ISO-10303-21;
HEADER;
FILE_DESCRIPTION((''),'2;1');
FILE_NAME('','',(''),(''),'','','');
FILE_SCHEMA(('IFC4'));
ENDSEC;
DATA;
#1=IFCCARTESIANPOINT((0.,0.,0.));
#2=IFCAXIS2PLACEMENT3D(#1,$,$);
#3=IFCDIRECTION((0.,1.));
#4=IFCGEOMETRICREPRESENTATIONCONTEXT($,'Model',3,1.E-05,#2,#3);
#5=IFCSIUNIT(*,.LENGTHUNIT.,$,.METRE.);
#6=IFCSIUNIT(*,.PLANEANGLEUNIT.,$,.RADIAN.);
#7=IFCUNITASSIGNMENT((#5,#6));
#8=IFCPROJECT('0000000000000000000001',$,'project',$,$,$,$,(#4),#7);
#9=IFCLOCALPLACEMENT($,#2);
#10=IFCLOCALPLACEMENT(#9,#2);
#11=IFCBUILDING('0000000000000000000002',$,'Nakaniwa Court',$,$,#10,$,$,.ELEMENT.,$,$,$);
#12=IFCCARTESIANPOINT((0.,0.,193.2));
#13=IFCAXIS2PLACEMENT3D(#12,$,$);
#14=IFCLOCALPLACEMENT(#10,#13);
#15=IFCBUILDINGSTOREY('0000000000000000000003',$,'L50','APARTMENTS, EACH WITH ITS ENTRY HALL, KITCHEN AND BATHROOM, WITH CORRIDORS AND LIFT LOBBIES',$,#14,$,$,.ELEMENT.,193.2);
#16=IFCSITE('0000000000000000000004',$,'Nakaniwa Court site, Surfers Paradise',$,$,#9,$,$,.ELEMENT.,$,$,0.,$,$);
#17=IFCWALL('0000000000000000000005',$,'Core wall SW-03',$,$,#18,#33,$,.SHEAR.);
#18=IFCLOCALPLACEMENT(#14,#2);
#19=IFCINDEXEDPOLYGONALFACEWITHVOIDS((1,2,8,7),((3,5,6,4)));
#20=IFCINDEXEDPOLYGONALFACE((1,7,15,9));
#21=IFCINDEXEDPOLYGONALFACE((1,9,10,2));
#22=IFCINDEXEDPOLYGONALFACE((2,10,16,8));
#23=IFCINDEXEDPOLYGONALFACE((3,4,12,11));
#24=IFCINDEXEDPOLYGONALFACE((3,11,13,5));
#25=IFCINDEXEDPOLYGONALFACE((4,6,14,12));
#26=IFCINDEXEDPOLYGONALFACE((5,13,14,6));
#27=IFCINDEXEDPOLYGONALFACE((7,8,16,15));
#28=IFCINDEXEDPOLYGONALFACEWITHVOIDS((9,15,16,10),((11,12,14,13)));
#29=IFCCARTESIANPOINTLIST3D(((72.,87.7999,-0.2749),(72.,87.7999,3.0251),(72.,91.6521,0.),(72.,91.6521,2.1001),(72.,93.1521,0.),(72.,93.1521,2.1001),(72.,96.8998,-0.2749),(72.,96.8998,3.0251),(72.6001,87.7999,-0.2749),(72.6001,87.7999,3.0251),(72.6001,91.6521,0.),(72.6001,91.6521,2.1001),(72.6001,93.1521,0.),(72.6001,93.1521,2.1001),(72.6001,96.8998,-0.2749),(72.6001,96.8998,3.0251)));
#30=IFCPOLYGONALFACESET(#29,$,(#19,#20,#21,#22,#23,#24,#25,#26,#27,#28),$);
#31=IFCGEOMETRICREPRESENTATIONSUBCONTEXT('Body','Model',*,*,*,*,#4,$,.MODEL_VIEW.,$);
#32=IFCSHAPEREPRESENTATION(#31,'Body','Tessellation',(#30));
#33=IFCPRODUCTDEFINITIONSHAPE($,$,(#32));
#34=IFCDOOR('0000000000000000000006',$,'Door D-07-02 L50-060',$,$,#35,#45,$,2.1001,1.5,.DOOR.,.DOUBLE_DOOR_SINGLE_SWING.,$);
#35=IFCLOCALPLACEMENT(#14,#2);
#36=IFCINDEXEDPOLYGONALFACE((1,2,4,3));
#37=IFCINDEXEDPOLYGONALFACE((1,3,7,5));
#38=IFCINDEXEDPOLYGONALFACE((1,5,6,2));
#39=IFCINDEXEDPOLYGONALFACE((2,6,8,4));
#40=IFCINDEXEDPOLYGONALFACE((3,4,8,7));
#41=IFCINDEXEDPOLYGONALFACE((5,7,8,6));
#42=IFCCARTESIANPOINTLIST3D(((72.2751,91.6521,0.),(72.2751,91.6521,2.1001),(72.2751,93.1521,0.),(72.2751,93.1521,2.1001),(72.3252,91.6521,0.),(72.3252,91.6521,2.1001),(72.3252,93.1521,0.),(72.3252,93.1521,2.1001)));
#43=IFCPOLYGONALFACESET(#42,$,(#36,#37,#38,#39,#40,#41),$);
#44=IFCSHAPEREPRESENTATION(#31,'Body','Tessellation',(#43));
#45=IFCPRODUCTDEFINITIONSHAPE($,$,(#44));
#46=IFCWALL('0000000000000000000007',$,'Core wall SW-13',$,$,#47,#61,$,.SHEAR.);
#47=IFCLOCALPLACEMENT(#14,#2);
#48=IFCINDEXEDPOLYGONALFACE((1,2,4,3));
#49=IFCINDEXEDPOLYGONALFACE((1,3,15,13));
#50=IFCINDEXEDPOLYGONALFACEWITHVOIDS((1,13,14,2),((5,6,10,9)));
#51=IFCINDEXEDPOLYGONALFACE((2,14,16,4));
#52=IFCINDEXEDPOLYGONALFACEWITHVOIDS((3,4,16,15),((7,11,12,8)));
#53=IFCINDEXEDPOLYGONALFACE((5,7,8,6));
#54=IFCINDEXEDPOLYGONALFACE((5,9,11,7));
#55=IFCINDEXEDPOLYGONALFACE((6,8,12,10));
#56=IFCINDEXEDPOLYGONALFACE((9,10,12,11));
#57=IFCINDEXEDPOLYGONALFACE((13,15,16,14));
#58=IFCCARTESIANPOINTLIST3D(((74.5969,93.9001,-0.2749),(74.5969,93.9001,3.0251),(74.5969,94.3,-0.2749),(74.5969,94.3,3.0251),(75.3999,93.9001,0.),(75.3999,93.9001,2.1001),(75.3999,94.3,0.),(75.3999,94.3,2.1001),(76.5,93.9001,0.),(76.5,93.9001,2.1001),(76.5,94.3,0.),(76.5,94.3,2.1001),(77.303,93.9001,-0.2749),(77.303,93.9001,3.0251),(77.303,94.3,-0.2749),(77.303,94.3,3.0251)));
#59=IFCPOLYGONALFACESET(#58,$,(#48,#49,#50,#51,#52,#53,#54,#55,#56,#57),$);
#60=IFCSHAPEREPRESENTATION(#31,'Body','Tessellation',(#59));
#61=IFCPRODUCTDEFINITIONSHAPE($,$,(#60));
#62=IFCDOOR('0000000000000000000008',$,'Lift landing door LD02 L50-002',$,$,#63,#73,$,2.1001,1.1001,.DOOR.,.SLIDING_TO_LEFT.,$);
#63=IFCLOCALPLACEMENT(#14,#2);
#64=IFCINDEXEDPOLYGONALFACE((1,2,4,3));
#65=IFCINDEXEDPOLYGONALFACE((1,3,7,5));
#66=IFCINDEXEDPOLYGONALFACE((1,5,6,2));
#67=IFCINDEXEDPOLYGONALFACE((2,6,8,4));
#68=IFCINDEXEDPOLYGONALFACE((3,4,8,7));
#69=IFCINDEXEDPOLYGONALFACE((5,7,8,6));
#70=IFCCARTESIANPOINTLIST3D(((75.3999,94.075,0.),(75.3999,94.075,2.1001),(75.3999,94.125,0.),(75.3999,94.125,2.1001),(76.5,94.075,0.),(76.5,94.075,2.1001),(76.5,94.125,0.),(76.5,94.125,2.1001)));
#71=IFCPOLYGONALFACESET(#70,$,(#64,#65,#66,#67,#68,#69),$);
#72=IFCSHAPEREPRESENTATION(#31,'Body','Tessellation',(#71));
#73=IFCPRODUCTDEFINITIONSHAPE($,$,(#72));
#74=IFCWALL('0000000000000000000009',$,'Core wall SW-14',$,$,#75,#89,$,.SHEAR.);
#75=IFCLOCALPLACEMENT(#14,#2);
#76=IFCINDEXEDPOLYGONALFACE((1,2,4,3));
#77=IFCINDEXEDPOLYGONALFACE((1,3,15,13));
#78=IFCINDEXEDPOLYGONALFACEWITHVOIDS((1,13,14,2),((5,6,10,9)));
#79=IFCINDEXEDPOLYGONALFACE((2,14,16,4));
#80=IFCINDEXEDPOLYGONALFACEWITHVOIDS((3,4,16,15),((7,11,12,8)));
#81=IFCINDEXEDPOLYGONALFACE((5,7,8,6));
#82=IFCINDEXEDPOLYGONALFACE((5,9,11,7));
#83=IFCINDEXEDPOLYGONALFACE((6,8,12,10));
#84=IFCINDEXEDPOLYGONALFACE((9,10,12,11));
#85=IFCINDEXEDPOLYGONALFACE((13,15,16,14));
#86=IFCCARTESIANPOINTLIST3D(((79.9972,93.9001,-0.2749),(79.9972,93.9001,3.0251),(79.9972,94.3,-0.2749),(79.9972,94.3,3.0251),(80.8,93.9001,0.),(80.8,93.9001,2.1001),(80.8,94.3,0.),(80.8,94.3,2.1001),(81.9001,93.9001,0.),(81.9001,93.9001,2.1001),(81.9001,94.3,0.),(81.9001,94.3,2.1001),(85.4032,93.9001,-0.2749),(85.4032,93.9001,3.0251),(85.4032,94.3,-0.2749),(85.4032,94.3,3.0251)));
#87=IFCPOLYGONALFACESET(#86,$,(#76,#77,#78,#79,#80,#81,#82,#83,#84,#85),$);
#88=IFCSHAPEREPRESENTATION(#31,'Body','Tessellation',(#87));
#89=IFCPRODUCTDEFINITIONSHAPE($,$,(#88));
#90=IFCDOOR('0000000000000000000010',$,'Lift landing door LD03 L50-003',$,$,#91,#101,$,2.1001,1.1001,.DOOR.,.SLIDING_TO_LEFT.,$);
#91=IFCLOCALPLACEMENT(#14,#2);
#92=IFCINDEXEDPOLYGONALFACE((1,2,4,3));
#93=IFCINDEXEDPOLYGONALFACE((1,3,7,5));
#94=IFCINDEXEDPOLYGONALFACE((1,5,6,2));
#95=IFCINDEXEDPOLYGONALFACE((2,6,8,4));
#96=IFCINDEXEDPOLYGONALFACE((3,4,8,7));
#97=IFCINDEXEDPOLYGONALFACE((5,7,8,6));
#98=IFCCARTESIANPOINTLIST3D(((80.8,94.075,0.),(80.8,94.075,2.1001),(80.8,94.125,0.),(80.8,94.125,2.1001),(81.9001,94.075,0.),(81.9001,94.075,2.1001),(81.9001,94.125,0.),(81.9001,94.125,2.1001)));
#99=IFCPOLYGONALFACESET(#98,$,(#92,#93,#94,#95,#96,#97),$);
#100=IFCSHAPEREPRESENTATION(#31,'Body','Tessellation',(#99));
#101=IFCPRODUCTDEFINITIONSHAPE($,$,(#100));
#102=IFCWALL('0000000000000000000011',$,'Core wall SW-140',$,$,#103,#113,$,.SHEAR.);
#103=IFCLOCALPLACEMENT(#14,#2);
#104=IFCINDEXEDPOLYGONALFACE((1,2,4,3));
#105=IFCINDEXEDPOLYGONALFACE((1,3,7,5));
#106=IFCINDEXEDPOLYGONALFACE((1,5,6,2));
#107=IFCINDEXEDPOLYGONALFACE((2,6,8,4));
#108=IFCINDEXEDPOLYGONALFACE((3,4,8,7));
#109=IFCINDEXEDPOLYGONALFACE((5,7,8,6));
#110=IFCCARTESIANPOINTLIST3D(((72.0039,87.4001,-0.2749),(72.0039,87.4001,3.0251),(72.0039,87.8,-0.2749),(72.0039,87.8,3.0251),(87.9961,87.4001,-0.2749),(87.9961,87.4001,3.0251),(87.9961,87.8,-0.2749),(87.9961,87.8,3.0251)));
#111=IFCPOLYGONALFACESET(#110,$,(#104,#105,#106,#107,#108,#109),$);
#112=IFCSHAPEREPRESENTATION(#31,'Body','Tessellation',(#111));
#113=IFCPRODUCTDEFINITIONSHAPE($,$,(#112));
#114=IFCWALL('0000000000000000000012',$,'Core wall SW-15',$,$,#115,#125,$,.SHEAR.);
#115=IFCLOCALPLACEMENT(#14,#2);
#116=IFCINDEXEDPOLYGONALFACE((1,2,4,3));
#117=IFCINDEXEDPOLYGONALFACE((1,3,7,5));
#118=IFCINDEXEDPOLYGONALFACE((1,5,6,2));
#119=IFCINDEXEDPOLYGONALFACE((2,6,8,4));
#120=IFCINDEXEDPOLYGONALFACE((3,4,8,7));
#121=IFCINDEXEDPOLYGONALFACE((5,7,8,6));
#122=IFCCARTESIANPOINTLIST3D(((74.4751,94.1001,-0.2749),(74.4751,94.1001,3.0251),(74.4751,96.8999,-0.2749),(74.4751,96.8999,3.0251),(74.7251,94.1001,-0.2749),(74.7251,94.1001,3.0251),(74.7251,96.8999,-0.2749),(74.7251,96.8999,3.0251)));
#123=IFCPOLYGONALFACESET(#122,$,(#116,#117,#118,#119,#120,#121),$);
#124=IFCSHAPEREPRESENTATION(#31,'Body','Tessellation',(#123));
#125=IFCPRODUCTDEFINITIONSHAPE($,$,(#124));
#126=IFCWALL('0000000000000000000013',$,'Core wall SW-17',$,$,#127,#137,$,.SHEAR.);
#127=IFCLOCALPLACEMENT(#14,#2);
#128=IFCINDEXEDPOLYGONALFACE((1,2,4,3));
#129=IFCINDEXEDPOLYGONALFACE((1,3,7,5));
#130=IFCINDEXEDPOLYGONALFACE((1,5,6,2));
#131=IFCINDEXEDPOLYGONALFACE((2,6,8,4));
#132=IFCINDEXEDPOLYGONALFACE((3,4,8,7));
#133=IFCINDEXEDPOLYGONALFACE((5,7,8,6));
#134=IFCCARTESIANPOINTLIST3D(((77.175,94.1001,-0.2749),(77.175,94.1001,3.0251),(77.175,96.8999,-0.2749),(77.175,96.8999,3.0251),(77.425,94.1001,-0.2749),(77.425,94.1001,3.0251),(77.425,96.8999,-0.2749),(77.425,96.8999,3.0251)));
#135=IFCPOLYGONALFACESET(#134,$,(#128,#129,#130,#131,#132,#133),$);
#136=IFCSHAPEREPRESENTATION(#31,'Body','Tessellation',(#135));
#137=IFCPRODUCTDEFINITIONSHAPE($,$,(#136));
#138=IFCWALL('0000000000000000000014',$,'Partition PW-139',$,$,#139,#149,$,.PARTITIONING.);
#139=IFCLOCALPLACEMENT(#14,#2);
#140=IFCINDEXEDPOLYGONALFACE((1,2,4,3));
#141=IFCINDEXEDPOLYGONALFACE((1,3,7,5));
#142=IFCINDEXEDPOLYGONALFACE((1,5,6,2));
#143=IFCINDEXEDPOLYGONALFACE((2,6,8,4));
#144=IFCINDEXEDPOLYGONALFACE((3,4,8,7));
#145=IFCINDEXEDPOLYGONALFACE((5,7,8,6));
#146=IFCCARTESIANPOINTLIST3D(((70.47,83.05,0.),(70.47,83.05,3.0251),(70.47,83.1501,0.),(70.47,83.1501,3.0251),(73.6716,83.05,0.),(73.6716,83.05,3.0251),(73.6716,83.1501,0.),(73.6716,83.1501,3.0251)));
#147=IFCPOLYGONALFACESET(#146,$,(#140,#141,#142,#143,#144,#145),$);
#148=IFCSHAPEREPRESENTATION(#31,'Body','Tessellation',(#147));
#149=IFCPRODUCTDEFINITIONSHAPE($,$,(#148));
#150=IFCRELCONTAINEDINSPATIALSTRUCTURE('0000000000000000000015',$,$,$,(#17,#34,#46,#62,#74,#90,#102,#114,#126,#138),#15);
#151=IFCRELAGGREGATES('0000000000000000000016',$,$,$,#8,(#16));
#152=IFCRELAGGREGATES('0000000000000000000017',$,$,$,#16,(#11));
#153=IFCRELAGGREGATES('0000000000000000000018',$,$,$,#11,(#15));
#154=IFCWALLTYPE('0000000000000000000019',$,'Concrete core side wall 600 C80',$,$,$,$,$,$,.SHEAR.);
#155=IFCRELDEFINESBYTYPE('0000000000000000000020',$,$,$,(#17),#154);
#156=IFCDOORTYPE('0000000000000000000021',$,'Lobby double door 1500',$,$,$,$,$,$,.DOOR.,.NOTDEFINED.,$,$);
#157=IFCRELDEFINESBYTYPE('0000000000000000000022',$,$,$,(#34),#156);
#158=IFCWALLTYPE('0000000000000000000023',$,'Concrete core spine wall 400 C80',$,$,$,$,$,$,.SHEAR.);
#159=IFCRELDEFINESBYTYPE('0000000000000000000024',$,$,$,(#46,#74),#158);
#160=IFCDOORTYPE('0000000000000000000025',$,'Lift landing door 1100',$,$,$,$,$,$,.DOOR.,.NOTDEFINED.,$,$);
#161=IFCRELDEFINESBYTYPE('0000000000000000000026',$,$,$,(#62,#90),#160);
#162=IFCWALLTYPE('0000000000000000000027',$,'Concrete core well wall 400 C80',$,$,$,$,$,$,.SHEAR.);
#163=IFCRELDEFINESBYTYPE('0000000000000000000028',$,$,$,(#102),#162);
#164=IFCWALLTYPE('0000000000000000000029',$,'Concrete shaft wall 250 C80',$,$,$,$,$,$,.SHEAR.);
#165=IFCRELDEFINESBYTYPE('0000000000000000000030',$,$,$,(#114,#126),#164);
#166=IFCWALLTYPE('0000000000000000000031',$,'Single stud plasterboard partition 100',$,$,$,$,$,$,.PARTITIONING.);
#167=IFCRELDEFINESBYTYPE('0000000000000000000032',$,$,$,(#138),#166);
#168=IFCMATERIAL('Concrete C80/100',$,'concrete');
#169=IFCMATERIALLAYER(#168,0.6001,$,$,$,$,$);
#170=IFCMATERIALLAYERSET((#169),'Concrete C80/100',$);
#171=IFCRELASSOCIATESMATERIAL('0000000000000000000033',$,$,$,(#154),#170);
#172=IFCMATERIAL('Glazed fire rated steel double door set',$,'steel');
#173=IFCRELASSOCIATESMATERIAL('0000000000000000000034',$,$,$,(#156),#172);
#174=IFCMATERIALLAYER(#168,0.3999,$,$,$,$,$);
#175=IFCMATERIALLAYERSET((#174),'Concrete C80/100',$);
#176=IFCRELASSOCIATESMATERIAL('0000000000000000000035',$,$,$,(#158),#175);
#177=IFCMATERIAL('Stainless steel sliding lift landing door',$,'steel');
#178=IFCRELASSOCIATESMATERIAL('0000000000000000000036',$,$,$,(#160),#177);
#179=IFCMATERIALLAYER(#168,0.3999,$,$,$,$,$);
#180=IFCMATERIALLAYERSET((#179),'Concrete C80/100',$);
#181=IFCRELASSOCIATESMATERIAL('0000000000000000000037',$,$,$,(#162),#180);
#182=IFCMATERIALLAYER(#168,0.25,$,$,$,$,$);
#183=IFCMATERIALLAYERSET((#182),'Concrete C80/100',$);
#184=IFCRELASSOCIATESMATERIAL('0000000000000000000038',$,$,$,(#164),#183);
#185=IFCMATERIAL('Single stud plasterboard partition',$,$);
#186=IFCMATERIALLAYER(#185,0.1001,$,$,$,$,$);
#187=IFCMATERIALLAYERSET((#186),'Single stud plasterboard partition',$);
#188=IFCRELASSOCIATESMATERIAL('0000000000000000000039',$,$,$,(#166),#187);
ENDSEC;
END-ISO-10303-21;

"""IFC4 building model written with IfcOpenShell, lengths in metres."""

from ifc_helpers import new_model, si_unit, direction, frame, frame_2d, origin, place, context, subcontext, project, spatial, rectangle, extrude, material, layer, layer_set, type_object, element, fill, save


model = new_model("IFC4")

# Units and contexts
model_context = context("Model", 3, precision=1e-05, world=origin(), true_north=direction((0.0, 1.0)))
body_context = subcontext(model_context, "Body", "Model", "MODEL_VIEW")
ifc_project = project(units=[si_unit("LENGTHUNIT", "METRE"), si_unit("PLANEANGLEUNIT", "RADIAN")], contexts=[model_context])

# Site, building, storey
site_placement = place(None, origin())
site = spatial("IfcSite", under=ifc_project, at=site_placement, Name="Nakaniwa Court site, Surfers Paradise", CompositionType="ELEMENT", RefElevation=0.0)
building_placement = place(site_placement, origin())
building = spatial("IfcBuilding", under=site, at=building_placement, Name="Nakaniwa Court", CompositionType="ELEMENT")
storey_placement = place(building_placement, frame((0.0, 0.0, 193.2)))
storey = spatial("IfcBuildingStorey", under=building, at=storey_placement, Name="L50", Description="APARTMENTS, EACH WITH ITS ENTRY HALL, KITCHEN AND BATHROOM, WITH CORRIDORS AND LIFT LOBBIES", CompositionType="ELEMENT", Elevation=193.2)

# Shared definitions
ifc_material_1 = material(Name="Concrete C80/100", Category="concrete")

# Walls, openings, doors
ifc_layer_1 = layer(ifc_material_1, 0.6001)
ifc_layer_set_1 = layer_set([ifc_layer_1], Name="Concrete C80/100")
wall_type_1 = type_object("IfcWallType", Name="Concrete core side wall 600 C80", PredefinedType="SHEAR", material=ifc_layer_set_1)
wall_1_placement = place(storey_placement, frame((72.3, 87.8, -0.2749), z_axis=(0.0, 0.0, 1.0), x_axis=(0.0, 1.0, 0.0)))
wall_1 = element("IfcWall", 1, at=wall_1_placement, inside=storey, type_object=wall_type_1, Name="Core wall SW-03", PredefinedType="SHEAR", context=body_context, shape_type="SweptSolid", body=[
    extrude(rectangle(XDim=9.0999, YDim=0.6001, at=frame_2d((4.5498, 0.0))), origin(), (0.0, 0.0, 1.0), 3.3),
])
opening_1_placement = place(wall_1_placement, frame((3.8521, 0.0, 0.2749)))
opening_1 = element("IfcOpeningElement", 2, at=opening_1_placement, cuts=wall_1, PredefinedType="OPENING", context=body_context, shape_type="SweptSolid", body=[
    extrude(rectangle(XDim=1.5, YDim=2.1001, at=frame_2d((0.75, 1.05))), frame((0.0, 0.3101, 0.0), z_axis=(0.0, -1.0, 0.0), x_axis=(1.0, 0.0, 0.0)), (0.0, 0.0, 1.0), 0.6201),
])
ifc_material_2 = material(Name="Glazed fire rated steel double door set", Category="steel")
door_type_1 = type_object("IfcDoorType", Name="Lobby double door 1500", OperationType="NOTDEFINED", PredefinedType="DOOR", material=ifc_material_2)
door_1_placement = place(opening_1_placement, origin())
door_1 = element("IfcDoor", 3, at=door_1_placement, inside=storey, type_object=door_type_1, Name="Door D-07-02 L50-060", OperationType="DOUBLE_DOOR_SINGLE_SWING", OverallHeight=2.1001, OverallWidth=1.5, PredefinedType="DOOR", context=body_context, shape_type="SweptSolid", body=[
    extrude(rectangle(XDim=1.5, YDim=2.1001, at=frame_2d((0.75, 1.05))), frame((0.0, 0.0249, 0.0), z_axis=(0.0, -1.0, 0.0), x_axis=(1.0, 0.0, 0.0)), (0.0, 0.0, 1.0), 0.05),
])
fill(opening_1, door_1)
ifc_layer_2 = layer(ifc_material_1, 0.3999)
ifc_layer_set_2 = layer_set([ifc_layer_2], Name="Concrete C80/100")
wall_type_2 = type_object("IfcWallType", Name="Concrete core spine wall 400 C80", PredefinedType="SHEAR", material=ifc_layer_set_2)
wall_2_placement = place(storey_placement, frame((74.5969, 94.1001, -0.2749), z_axis=(0.0, 0.0, 1.0), x_axis=(1.0, 0.0, 0.0)))
wall_2 = element("IfcWall", 4, at=wall_2_placement, inside=storey, type_object=wall_type_2, Name="Core wall SW-13", PredefinedType="SHEAR", context=body_context, shape_type="SweptSolid", body=[
    extrude(rectangle(XDim=2.7061, YDim=0.3999, at=frame_2d((1.353, 0.0))), origin(), (0.0, 0.0, 1.0), 3.3),
])
opening_2_placement = place(wall_2_placement, frame((0.803, 0.0, 0.2749)))
opening_2 = element("IfcOpeningElement", 5, at=opening_2_placement, cuts=wall_2, PredefinedType="OPENING", context=body_context, shape_type="SweptSolid", body=[
    extrude(rectangle(XDim=1.1001, YDim=2.1001, at=frame_2d((0.55, 1.05))), frame((0.0, 0.21, 0.0), z_axis=(0.0, -1.0, 0.0), x_axis=(1.0, 0.0, 0.0)), (0.0, 0.0, 1.0), 0.4199),
])
ifc_material_3 = material(Name="Stainless steel sliding lift landing door", Category="steel")
door_type_2 = type_object("IfcDoorType", Name="Lift landing door 1100", OperationType="NOTDEFINED", PredefinedType="DOOR", material=ifc_material_3)
door_2_placement = place(opening_2_placement, origin())
door_2 = element("IfcDoor", 6, at=door_2_placement, inside=storey, type_object=door_type_2, Name="Lift landing door LD02 L50-002", OperationType="SLIDING_TO_LEFT", OverallHeight=2.1001, OverallWidth=1.1001, PredefinedType="DOOR", context=body_context, shape_type="SweptSolid", body=[
    extrude(rectangle(XDim=1.1001, YDim=2.1001, at=frame_2d((0.55, 1.05))), frame((0.0, 0.0249, 0.0), z_axis=(0.0, -1.0, 0.0), x_axis=(1.0, 0.0, 0.0)), (0.0, 0.0, 1.0), 0.05),
])
fill(opening_2, door_2)
wall_3_placement = place(storey_placement, frame((79.9971, 94.1001, -0.2749), z_axis=(0.0, 0.0, 1.0), x_axis=(1.0, 0.0, 0.0)))
wall_3 = element("IfcWall", 7, at=wall_3_placement, inside=storey, type_object=wall_type_2, Name="Core wall SW-14", PredefinedType="SHEAR", context=body_context, shape_type="SweptSolid", body=[
    extrude(rectangle(XDim=5.406, YDim=0.3999, at=frame_2d((2.7031, 0.0))), origin(), (0.0, 0.0, 1.0), 3.3),
])
opening_3_placement = place(wall_3_placement, frame((0.803, 0.0, 0.2749)))
opening_3 = element("IfcOpeningElement", 8, at=opening_3_placement, cuts=wall_3, PredefinedType="OPENING", context=body_context, shape_type="SweptSolid", body=[
    extrude(rectangle(XDim=1.1001, YDim=2.1001, at=frame_2d((0.55, 1.05))), frame((0.0, 0.21, 0.0), z_axis=(0.0, -1.0, 0.0), x_axis=(1.0, 0.0, 0.0)), (0.0, 0.0, 1.0), 0.4199),
])
door_3_placement = place(opening_3_placement, origin())
door_3 = element("IfcDoor", 9, at=door_3_placement, inside=storey, type_object=door_type_2, Name="Lift landing door LD03 L50-003", OperationType="SLIDING_TO_LEFT", OverallHeight=2.1001, OverallWidth=1.1001, PredefinedType="DOOR", context=body_context, shape_type="SweptSolid", body=[
    extrude(rectangle(XDim=1.1001, YDim=2.1001, at=frame_2d((0.55, 1.05))), frame((0.0, 0.0249, 0.0), z_axis=(0.0, -1.0, 0.0), x_axis=(1.0, 0.0, 0.0)), (0.0, 0.0, 1.0), 0.05),
])
fill(opening_3, door_3)

# Walls
ifc_layer_3 = layer(ifc_material_1, 0.3999)
ifc_layer_set_3 = layer_set([ifc_layer_3], Name="Concrete C80/100")
wall_type_3 = type_object("IfcWallType", Name="Concrete core well wall 400 C80", PredefinedType="SHEAR", material=ifc_layer_set_3)
wall_4_placement = place(storey_placement, frame((72.0039, 87.6001, -0.2749), z_axis=(0.0, 0.0, 1.0), x_axis=(1.0, 0.0, 0.0)))
element("IfcWall", 10, at=wall_4_placement, inside=storey, type_object=wall_type_3, Name="Core wall SW-140", PredefinedType="SHEAR", context=body_context, shape_type="SweptSolid", body=[
    extrude(rectangle(XDim=15.9922, YDim=0.3999, at=frame_2d((7.9961, 0.0))), origin(), (0.0, 0.0, 1.0), 3.3),
])
ifc_layer_4 = layer(ifc_material_1, 0.25)
ifc_layer_set_4 = layer_set([ifc_layer_4], Name="Concrete C80/100")
wall_type_4 = type_object("IfcWallType", Name="Concrete shaft wall 250 C80", PredefinedType="SHEAR", material=ifc_layer_set_4)
for number, where, z_axis, x_axis, name in (
    (11, (74.6001, 94.1001, -0.2749), (0.0, 0.0, 1.0), (0.0, 1.0, 0.0), "Core wall SW-15"),
    (12, (77.3, 94.1001, -0.2749), (0.0, 0.0, 1.0), (0.0, 1.0, 0.0), "Core wall SW-17"),
):
    element("IfcWall", number, at=place(storey_placement, frame(where, z_axis=z_axis, x_axis=x_axis)), inside=storey, type_object=wall_type_4, Name=name, PredefinedType="SHEAR", context=body_context, shape_type="SweptSolid", body=[
        extrude(rectangle(XDim=2.7998, YDim=0.25, at=frame_2d((1.3999, 0.0))), origin(), (0.0, 0.0, 1.0), 3.3),
    ])
ifc_material_4 = material(Name="Single stud plasterboard partition")
ifc_layer_5 = layer(ifc_material_4, 0.1001)
ifc_layer_set_5 = layer_set([ifc_layer_5], Name="Single stud plasterboard partition")
wall_type_5 = type_object("IfcWallType", Name="Single stud plasterboard partition 100", PredefinedType="PARTITIONING", material=ifc_layer_set_5)
wall_5_placement = place(storey_placement, frame((70.47, 83.1001, 0.0), z_axis=(0.0, 0.0, 1.0), x_axis=(1.0, 0.0, 0.0)))
element("IfcWall", 13, at=wall_5_placement, inside=storey, type_object=wall_type_5, Name="Partition PW-139", PredefinedType="PARTITIONING", context=body_context, shape_type="SweptSolid", body=[
    extrude(rectangle(XDim=3.2017, YDim=0.1001, at=frame_2d((1.6008, 0.0))), origin(), (0.0, 0.0, 1.0), 3.0251),
])

save(model, "model.ifc")
